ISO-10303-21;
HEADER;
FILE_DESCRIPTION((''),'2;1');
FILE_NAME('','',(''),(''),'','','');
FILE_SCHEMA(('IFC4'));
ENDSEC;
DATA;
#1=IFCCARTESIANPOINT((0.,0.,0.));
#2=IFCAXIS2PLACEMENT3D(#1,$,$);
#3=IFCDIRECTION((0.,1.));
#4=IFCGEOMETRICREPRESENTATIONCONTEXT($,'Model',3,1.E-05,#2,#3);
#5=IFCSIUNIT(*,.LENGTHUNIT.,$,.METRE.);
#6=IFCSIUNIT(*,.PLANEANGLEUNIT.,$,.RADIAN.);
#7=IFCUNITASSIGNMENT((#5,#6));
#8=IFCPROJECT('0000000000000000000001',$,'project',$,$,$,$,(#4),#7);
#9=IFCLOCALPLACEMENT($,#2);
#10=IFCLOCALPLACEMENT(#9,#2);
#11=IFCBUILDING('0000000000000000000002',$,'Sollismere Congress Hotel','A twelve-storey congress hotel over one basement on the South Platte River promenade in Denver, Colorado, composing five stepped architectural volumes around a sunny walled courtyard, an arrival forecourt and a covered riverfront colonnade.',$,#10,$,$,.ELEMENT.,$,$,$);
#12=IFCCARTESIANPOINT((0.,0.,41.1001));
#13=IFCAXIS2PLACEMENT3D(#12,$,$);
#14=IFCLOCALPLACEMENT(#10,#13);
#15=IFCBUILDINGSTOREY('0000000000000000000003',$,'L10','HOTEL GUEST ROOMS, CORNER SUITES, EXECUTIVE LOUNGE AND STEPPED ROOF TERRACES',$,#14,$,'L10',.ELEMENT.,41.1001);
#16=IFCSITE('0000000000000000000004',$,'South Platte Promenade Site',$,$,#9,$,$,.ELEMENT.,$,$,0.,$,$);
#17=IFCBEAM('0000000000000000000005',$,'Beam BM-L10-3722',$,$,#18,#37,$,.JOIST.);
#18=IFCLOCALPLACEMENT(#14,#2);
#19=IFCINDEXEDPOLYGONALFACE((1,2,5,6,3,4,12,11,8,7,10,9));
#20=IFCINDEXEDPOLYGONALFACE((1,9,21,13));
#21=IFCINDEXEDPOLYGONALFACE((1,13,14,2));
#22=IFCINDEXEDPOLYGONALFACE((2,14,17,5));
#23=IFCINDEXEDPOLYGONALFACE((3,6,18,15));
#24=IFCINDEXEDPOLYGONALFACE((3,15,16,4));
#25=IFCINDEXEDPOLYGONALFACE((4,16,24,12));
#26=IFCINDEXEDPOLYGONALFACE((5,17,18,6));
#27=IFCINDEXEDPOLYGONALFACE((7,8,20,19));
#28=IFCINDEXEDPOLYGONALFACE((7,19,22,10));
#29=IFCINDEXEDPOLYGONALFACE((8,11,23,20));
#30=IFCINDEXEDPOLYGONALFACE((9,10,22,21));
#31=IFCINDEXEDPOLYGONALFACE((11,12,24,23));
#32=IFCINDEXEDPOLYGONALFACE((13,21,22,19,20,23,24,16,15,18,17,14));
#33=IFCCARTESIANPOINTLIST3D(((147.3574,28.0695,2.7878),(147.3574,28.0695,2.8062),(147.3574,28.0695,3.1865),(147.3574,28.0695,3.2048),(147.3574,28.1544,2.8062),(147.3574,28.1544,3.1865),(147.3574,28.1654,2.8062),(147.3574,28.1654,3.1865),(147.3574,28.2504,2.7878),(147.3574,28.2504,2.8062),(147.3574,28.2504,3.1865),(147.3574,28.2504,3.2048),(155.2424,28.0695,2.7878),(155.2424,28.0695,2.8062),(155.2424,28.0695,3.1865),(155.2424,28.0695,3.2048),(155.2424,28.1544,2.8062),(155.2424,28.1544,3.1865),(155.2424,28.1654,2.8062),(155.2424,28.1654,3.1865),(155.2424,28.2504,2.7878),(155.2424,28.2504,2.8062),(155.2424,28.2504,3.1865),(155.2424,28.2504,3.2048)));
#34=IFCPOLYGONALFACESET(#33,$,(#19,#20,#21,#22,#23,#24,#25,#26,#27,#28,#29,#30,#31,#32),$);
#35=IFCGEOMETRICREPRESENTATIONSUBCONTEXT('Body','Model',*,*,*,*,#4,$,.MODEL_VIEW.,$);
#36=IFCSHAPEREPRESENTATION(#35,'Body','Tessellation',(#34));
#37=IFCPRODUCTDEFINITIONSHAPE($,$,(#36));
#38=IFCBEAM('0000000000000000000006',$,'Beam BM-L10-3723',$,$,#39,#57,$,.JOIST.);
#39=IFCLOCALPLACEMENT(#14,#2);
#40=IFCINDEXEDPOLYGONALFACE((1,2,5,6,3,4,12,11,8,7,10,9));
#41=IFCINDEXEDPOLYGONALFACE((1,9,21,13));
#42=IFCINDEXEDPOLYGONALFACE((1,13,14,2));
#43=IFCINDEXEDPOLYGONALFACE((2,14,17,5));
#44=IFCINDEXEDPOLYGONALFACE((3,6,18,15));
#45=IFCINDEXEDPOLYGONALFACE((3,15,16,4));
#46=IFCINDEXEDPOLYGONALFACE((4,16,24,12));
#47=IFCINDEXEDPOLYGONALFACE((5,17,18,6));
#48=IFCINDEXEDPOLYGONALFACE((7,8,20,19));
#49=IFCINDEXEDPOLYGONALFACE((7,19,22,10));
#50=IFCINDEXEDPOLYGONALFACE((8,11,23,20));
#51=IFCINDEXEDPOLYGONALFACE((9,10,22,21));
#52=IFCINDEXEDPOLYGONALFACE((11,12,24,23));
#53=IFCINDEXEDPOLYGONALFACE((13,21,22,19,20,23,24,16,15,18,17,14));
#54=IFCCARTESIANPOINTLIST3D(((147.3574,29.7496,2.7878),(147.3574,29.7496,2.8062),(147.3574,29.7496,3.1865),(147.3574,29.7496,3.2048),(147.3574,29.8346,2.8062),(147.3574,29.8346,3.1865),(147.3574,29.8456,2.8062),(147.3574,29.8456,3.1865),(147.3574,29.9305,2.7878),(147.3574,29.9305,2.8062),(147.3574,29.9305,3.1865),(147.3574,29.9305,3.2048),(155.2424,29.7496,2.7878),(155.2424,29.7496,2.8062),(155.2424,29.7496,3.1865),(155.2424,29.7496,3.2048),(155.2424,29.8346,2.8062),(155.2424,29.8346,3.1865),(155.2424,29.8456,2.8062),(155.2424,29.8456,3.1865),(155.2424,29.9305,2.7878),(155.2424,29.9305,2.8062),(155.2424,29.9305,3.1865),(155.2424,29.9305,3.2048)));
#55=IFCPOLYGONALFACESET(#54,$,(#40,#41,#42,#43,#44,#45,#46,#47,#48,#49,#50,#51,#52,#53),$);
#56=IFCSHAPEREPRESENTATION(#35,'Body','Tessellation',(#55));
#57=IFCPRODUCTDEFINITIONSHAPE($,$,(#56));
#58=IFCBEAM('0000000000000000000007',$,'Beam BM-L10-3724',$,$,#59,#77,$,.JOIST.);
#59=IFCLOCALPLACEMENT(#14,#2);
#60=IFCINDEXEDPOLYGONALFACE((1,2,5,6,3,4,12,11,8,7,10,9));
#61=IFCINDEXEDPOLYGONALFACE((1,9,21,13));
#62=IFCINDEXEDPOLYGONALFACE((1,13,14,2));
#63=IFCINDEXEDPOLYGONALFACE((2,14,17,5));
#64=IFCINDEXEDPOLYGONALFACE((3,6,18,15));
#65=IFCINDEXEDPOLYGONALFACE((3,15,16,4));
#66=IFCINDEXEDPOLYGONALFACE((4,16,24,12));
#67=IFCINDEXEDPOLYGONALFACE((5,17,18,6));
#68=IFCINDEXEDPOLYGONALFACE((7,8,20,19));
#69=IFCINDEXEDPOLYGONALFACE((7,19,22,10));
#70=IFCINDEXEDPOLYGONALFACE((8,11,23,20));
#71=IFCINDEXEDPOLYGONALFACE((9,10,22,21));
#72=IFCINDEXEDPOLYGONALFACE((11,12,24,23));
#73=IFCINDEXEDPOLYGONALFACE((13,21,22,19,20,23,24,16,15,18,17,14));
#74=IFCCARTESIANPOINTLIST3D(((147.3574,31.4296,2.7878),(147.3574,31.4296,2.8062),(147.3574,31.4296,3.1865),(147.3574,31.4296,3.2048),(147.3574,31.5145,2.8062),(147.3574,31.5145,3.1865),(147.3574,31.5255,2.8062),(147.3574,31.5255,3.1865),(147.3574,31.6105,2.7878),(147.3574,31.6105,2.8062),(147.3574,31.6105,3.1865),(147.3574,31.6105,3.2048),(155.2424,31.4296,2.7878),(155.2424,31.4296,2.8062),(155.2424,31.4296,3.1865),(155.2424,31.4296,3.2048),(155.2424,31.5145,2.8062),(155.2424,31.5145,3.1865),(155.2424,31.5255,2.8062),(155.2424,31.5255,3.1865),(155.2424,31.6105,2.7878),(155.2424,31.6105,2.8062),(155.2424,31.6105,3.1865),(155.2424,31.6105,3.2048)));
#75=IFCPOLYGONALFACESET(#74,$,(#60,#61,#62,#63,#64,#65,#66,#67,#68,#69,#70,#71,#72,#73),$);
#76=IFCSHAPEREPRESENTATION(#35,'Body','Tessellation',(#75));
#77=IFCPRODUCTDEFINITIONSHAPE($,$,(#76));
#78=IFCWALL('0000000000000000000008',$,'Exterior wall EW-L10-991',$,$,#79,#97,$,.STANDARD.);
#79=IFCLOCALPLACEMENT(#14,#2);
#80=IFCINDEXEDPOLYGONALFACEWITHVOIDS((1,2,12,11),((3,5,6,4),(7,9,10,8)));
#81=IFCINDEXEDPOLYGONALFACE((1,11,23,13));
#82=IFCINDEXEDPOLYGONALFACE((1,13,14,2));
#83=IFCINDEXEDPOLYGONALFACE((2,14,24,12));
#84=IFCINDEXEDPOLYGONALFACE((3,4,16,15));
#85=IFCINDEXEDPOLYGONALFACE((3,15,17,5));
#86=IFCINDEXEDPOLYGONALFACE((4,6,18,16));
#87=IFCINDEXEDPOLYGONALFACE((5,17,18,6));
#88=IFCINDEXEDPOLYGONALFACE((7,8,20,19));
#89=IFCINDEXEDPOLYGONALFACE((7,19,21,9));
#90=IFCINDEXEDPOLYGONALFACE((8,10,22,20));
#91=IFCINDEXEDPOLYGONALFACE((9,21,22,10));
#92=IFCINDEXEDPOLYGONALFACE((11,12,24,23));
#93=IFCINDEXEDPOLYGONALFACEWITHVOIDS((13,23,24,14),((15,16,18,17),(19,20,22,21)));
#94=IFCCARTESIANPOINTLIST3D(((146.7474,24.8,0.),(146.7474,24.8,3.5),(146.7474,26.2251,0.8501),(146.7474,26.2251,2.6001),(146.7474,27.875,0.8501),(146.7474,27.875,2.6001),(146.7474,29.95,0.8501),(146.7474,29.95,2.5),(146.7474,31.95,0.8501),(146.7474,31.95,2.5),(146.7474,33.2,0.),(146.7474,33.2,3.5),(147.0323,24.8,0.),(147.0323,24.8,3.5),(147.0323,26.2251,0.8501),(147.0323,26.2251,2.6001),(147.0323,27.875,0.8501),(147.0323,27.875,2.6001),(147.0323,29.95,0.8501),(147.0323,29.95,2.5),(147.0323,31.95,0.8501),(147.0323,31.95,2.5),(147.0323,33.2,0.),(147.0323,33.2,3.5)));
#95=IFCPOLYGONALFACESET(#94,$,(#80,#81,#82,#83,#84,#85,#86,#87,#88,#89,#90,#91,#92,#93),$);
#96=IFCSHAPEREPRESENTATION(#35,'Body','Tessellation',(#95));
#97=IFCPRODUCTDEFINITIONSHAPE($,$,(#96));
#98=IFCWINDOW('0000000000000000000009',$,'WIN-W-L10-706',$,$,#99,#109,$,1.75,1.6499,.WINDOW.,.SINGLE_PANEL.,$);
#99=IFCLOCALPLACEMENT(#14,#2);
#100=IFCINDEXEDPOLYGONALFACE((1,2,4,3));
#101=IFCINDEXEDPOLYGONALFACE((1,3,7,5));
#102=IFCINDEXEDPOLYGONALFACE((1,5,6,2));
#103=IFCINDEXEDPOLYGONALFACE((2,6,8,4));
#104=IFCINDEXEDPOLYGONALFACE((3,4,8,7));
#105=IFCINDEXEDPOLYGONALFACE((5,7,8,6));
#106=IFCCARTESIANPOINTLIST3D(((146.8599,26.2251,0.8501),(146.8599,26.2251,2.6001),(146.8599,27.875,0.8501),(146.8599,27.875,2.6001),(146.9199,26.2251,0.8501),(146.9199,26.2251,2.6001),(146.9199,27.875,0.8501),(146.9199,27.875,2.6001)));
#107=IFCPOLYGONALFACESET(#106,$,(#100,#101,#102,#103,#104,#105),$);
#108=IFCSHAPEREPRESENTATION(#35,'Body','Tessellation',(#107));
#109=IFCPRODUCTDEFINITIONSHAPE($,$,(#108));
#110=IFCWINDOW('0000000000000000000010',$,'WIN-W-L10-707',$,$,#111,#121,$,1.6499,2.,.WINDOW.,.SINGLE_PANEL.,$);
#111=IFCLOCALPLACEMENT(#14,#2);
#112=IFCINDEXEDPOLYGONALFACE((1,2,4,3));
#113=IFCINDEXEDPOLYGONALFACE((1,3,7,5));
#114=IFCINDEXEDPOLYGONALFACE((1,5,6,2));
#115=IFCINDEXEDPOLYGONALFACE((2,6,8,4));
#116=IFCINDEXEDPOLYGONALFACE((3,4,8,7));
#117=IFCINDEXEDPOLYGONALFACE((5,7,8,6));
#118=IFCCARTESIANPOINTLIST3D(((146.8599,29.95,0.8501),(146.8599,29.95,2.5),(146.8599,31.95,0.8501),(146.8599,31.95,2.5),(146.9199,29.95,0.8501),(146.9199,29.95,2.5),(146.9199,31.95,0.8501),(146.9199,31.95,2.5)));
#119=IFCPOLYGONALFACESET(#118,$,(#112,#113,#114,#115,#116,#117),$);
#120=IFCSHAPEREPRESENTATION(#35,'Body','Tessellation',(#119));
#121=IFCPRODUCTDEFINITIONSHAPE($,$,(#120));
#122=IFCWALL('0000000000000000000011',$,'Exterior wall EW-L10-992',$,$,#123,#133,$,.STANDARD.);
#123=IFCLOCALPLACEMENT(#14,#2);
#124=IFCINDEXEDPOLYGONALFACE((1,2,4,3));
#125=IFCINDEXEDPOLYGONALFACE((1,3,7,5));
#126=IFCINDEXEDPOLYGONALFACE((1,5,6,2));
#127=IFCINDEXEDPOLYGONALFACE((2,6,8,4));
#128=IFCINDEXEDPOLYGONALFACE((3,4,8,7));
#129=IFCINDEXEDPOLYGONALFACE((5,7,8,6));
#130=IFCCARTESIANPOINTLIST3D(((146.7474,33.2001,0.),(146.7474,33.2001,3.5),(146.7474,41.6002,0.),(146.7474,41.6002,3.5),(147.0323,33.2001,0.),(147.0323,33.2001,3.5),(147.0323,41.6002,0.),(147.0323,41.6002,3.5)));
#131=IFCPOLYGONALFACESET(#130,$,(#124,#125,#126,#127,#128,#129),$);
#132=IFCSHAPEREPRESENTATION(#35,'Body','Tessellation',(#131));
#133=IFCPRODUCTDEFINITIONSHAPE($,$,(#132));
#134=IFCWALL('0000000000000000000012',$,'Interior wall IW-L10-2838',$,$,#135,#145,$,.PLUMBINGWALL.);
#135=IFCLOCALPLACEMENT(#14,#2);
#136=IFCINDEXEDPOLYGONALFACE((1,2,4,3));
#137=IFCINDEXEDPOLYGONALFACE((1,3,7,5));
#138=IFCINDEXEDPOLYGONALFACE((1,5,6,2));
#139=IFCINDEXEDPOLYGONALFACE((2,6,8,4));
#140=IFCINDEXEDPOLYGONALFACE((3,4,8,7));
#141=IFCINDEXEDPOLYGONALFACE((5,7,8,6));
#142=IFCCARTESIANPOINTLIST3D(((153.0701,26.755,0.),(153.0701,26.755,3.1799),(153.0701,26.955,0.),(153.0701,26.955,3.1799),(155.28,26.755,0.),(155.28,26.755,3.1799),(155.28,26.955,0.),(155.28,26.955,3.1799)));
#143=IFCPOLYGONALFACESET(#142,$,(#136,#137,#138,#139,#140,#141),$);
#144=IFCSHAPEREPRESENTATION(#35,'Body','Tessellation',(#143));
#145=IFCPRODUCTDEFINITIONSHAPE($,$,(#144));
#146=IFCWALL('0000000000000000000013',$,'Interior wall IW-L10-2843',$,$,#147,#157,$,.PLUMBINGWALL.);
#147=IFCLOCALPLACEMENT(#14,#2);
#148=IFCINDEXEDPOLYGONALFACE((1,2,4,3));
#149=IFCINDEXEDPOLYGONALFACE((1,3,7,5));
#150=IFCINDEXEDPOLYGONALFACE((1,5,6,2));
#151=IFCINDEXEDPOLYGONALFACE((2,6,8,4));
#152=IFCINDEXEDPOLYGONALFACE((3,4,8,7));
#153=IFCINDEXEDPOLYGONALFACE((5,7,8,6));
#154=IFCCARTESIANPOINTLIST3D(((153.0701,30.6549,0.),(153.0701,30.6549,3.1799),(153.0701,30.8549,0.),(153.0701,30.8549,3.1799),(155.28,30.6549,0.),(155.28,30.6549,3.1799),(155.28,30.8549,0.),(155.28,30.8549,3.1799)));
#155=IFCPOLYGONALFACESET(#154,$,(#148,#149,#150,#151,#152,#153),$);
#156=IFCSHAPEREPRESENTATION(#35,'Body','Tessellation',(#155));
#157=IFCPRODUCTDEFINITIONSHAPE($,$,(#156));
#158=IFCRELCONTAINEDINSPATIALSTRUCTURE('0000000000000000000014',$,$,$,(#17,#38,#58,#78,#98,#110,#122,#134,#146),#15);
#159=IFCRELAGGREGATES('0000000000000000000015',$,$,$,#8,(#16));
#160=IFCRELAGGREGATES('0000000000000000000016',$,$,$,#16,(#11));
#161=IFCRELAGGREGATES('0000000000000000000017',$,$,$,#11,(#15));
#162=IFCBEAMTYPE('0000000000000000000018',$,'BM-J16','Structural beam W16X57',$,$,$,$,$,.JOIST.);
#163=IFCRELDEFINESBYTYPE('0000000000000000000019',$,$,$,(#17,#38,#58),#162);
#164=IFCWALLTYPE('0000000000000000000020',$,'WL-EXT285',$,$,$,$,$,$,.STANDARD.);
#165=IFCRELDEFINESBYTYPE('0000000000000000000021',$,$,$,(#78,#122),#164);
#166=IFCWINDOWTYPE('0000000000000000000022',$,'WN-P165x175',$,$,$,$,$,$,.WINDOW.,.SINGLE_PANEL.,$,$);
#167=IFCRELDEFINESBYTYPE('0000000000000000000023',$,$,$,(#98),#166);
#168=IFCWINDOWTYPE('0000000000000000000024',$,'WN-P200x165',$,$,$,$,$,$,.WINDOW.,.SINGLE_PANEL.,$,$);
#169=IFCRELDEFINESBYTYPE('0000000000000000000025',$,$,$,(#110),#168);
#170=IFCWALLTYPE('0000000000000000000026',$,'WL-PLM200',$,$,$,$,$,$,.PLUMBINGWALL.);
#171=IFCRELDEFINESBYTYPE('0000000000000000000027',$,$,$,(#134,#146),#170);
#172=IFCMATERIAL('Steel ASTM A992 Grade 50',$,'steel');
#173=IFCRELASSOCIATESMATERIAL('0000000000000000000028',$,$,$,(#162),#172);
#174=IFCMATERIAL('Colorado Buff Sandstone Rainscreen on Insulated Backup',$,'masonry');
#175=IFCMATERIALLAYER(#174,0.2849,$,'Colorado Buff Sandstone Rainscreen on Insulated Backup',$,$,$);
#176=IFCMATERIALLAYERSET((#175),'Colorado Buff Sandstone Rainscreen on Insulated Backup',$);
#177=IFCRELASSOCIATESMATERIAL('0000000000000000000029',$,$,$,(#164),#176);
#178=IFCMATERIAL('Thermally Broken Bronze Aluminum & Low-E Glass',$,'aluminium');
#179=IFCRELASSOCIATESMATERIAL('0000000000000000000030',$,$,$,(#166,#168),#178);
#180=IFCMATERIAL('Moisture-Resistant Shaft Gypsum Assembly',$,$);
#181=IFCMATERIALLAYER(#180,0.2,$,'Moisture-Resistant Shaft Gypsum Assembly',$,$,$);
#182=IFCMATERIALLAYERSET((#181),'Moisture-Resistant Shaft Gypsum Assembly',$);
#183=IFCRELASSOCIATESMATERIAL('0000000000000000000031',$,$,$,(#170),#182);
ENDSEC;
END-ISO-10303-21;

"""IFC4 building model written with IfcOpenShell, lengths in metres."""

from ifc_helpers import new_model, si_unit, direction, frame, frame_2d, origin, origin_2d, place, context, subcontext, project, spatial, rectangle, i_section, extrude, material, layer, layer_set, material_profile, profile_set, type_object, element, fill, save


model = new_model("IFC4")

# Units and contexts
model_context = context("Model", 3, precision=1e-05, world=origin(), true_north=direction((0.0, 1.0)))
body_context = subcontext(model_context, "Body", "Model", "MODEL_VIEW")
ifc_project = project(units=[si_unit("LENGTHUNIT", "METRE"), si_unit("PLANEANGLEUNIT", "RADIAN")], contexts=[model_context])

# Site, building, storey
site_placement = place(None, origin())
site = spatial("IfcSite", under=ifc_project, at=site_placement, Name="South Platte Promenade Site", CompositionType="ELEMENT", RefElevation=0.0)
building_placement = place(site_placement, origin())
building = spatial("IfcBuilding", under=site, at=building_placement, Name="Sollismere Congress Hotel", Description="A twelve-storey congress hotel over one basement on the South Platte River promenade in Denver, Colorado, composing five stepped architectural volumes around a sunny walled courtyard, an arrival forecourt and a covered riverfront colonnade.", CompositionType="ELEMENT")
storey_placement = place(building_placement, frame((0.0, 0.0, 41.1001)))
storey = spatial("IfcBuildingStorey", under=building, at=storey_placement, Name="L10", Description="HOTEL GUEST ROOMS, CORNER SUITES, EXECUTIVE LOUNGE AND STEPPED ROOF TERRACES", LongName="L10", CompositionType="ELEMENT", Elevation=41.1001)

# Shared definitions
ifc_material_1 = material(Name="Steel ASTM A992 Grade 50", Category="steel")

# Beams
ifc_material_profile_1 = material_profile(ifc_material_1, i_section(OverallWidth=0.1809, OverallDepth=0.417, WebThickness=0.011, FlangeThickness=0.0183, at=origin_2d()), Name="W16X57")
ifc_profile_set_1 = profile_set([ifc_material_profile_1], Name="Steel ASTM A992 Grade 50")
beam_type_1 = type_object("IfcBeamType", Name="BM-J16", Description="Structural beam W16X57", PredefinedType="JOIST", material=ifc_profile_set_1)
for number, where, z_axis, x_axis, name in (
    (1, (147.3574, 28.1599, 2.9963), (1.0, 0.0, 0.0), (0.0, 1.0, 0.0), "Beam BM-L10-3722"),
    (2, (147.3574, 29.8401, 2.9963), (1.0, 0.0, 0.0), (0.0, 1.0, 0.0), "Beam BM-L10-3723"),
    (3, (147.3574, 31.52, 2.9963), (1.0, 0.0, 0.0), (0.0, 1.0, 0.0), "Beam BM-L10-3724"),
):
    element("IfcBeam", number, at=place(storey_placement, frame(where, z_axis=z_axis, x_axis=x_axis)), inside=storey, type_object=beam_type_1, Name=name, PredefinedType="JOIST", context=body_context, shape_type="SweptSolid", body=[
        extrude(i_section(OverallWidth=0.1809, OverallDepth=0.417, WebThickness=0.011, FlangeThickness=0.0183, at=origin_2d()), origin(), (0.0, 0.0, 1.0), 7.885),
    ])

# Wall, openings, windows
ifc_material_2 = material(Name="Colorado Buff Sandstone Rainscreen on Insulated Backup", Category="masonry")
ifc_layer_1 = layer(ifc_material_2, 0.2849, Name="Colorado Buff Sandstone Rainscreen on Insulated Backup")
ifc_layer_set_1 = layer_set([ifc_layer_1], Name="Colorado Buff Sandstone Rainscreen on Insulated Backup")
wall_type_1 = type_object("IfcWallType", Name="WL-EXT285", PredefinedType="STANDARD", material=ifc_layer_set_1)
wall_1_placement = place(storey_placement, frame((146.8899, 24.8, 0.0), z_axis=(0.0, 0.0, 1.0), x_axis=(0.0, 1.0, 0.0)))
wall_1 = element("IfcWall", 4, at=wall_1_placement, inside=storey, type_object=wall_type_1, Name="Exterior wall EW-L10-991", PredefinedType="STANDARD", context=body_context, shape_type="SweptSolid", body=[
    extrude(rectangle(XDim=8.3999, YDim=0.2849, at=frame_2d((4.2, 0.0))), origin(), (0.0, 0.0, 1.0), 3.5),
])
opening_1_placement = place(wall_1_placement, frame((1.425, 0.0, 0.8501)))
opening_1 = element("IfcOpeningElement", 5, at=opening_1_placement, cuts=wall_1, PredefinedType="OPENING", context=body_context, shape_type="SweptSolid", body=[
    extrude(rectangle(XDim=1.6499, YDim=1.75, at=frame_2d((0.825, 0.875))), frame((0.0, 0.1523, 0.0), z_axis=(0.0, -1.0, 0.0), x_axis=(1.0, 0.0, 0.0)), (0.0, 0.0, 1.0), 0.3049),
])
opening_2_placement = place(wall_1_placement, frame((5.1499, 0.0, 0.8501)))
opening_2 = element("IfcOpeningElement", 6, at=opening_2_placement, cuts=wall_1, PredefinedType="OPENING", context=body_context, shape_type="SweptSolid", body=[
    extrude(rectangle(XDim=2.0, YDim=1.6499, at=frame_2d((1.0, 0.825))), frame((0.0, 0.1523, 0.0), z_axis=(0.0, -1.0, 0.0), x_axis=(1.0, 0.0, 0.0)), (0.0, 0.0, 1.0), 0.3049),
])
ifc_material_3 = material(Name="Thermally Broken Bronze Aluminum & Low-E Glass", Category="aluminium")
window_type_1 = type_object("IfcWindowType", Name="WN-P165x175", PartitioningType="SINGLE_PANEL", PredefinedType="WINDOW", material=ifc_material_3)
window_1_placement = place(opening_1_placement, origin())
window_1 = element("IfcWindow", 7, at=window_1_placement, inside=storey, type_object=window_type_1, Name="WIN-W-L10-706", OverallHeight=1.75, OverallWidth=1.6499, PartitioningType="SINGLE_PANEL", PredefinedType="WINDOW", context=body_context, shape_type="SweptSolid", body=[
    extrude(rectangle(XDim=1.6499, YDim=1.75, at=frame_2d((0.825, 0.875))), frame((0.0, 0.03, 0.0), z_axis=(0.0, -1.0, 0.0), x_axis=(1.0, 0.0, 0.0)), (0.0, 0.0, 1.0), 0.0601),
])
fill(opening_1, window_1)
window_type_2 = type_object("IfcWindowType", Name="WN-P200x165", PartitioningType="SINGLE_PANEL", PredefinedType="WINDOW", material=ifc_material_3)
window_2_placement = place(opening_2_placement, origin())
window_2 = element("IfcWindow", 8, at=window_2_placement, inside=storey, type_object=window_type_2, Name="WIN-W-L10-707", OverallHeight=1.6499, OverallWidth=2.0, PartitioningType="SINGLE_PANEL", PredefinedType="WINDOW", context=body_context, shape_type="SweptSolid", body=[
    extrude(rectangle(XDim=2.0, YDim=1.6499, at=frame_2d((1.0, 0.825))), frame((0.0, 0.03, 0.0), z_axis=(0.0, -1.0, 0.0), x_axis=(1.0, 0.0, 0.0)), (0.0, 0.0, 1.0), 0.0601),
])
fill(opening_2, window_2)

# Walls
wall_2_placement = place(storey_placement, frame((146.8899, 33.2, 0.0), z_axis=(0.0, 0.0, 1.0), x_axis=(0.0, 1.0, 0.0)))
element("IfcWall", 9, at=wall_2_placement, inside=storey, type_object=wall_type_1, Name="Exterior wall EW-L10-992", PredefinedType="STANDARD", context=body_context, shape_type="SweptSolid", body=[
    extrude(rectangle(XDim=8.4001, YDim=0.2849, at=frame_2d((4.2002, 0.0))), origin(), (0.0, 0.0, 1.0), 3.5),
])
ifc_material_4 = material(Name="Moisture-Resistant Shaft Gypsum Assembly")
ifc_layer_2 = layer(ifc_material_4, 0.2, Name="Moisture-Resistant Shaft Gypsum Assembly")
ifc_layer_set_2 = layer_set([ifc_layer_2], Name="Moisture-Resistant Shaft Gypsum Assembly")
wall_type_2 = type_object("IfcWallType", Name="WL-PLM200", PredefinedType="PLUMBINGWALL", material=ifc_layer_set_2)
for number, where, z_axis, x_axis, name in (
    (10, (153.0701, 26.855, 0.0), (0.0, 0.0, 1.0), (1.0, 0.0, 0.0), "Interior wall IW-L10-2838"),
    (11, (153.0701, 30.7549, 0.0), (0.0, 0.0, 1.0), (1.0, 0.0, 0.0), "Interior wall IW-L10-2843"),
):
    element("IfcWall", number, at=place(storey_placement, frame(where, z_axis=z_axis, x_axis=x_axis)), inside=storey, type_object=wall_type_2, Name=name, PredefinedType="PLUMBINGWALL", context=body_context, shape_type="SweptSolid", body=[
        extrude(rectangle(XDim=2.21, YDim=0.2, at=frame_2d((1.105, 0.0))), origin(), (0.0, 0.0, 1.0), 3.1799),
    ])

save(model, "model.ifc")
